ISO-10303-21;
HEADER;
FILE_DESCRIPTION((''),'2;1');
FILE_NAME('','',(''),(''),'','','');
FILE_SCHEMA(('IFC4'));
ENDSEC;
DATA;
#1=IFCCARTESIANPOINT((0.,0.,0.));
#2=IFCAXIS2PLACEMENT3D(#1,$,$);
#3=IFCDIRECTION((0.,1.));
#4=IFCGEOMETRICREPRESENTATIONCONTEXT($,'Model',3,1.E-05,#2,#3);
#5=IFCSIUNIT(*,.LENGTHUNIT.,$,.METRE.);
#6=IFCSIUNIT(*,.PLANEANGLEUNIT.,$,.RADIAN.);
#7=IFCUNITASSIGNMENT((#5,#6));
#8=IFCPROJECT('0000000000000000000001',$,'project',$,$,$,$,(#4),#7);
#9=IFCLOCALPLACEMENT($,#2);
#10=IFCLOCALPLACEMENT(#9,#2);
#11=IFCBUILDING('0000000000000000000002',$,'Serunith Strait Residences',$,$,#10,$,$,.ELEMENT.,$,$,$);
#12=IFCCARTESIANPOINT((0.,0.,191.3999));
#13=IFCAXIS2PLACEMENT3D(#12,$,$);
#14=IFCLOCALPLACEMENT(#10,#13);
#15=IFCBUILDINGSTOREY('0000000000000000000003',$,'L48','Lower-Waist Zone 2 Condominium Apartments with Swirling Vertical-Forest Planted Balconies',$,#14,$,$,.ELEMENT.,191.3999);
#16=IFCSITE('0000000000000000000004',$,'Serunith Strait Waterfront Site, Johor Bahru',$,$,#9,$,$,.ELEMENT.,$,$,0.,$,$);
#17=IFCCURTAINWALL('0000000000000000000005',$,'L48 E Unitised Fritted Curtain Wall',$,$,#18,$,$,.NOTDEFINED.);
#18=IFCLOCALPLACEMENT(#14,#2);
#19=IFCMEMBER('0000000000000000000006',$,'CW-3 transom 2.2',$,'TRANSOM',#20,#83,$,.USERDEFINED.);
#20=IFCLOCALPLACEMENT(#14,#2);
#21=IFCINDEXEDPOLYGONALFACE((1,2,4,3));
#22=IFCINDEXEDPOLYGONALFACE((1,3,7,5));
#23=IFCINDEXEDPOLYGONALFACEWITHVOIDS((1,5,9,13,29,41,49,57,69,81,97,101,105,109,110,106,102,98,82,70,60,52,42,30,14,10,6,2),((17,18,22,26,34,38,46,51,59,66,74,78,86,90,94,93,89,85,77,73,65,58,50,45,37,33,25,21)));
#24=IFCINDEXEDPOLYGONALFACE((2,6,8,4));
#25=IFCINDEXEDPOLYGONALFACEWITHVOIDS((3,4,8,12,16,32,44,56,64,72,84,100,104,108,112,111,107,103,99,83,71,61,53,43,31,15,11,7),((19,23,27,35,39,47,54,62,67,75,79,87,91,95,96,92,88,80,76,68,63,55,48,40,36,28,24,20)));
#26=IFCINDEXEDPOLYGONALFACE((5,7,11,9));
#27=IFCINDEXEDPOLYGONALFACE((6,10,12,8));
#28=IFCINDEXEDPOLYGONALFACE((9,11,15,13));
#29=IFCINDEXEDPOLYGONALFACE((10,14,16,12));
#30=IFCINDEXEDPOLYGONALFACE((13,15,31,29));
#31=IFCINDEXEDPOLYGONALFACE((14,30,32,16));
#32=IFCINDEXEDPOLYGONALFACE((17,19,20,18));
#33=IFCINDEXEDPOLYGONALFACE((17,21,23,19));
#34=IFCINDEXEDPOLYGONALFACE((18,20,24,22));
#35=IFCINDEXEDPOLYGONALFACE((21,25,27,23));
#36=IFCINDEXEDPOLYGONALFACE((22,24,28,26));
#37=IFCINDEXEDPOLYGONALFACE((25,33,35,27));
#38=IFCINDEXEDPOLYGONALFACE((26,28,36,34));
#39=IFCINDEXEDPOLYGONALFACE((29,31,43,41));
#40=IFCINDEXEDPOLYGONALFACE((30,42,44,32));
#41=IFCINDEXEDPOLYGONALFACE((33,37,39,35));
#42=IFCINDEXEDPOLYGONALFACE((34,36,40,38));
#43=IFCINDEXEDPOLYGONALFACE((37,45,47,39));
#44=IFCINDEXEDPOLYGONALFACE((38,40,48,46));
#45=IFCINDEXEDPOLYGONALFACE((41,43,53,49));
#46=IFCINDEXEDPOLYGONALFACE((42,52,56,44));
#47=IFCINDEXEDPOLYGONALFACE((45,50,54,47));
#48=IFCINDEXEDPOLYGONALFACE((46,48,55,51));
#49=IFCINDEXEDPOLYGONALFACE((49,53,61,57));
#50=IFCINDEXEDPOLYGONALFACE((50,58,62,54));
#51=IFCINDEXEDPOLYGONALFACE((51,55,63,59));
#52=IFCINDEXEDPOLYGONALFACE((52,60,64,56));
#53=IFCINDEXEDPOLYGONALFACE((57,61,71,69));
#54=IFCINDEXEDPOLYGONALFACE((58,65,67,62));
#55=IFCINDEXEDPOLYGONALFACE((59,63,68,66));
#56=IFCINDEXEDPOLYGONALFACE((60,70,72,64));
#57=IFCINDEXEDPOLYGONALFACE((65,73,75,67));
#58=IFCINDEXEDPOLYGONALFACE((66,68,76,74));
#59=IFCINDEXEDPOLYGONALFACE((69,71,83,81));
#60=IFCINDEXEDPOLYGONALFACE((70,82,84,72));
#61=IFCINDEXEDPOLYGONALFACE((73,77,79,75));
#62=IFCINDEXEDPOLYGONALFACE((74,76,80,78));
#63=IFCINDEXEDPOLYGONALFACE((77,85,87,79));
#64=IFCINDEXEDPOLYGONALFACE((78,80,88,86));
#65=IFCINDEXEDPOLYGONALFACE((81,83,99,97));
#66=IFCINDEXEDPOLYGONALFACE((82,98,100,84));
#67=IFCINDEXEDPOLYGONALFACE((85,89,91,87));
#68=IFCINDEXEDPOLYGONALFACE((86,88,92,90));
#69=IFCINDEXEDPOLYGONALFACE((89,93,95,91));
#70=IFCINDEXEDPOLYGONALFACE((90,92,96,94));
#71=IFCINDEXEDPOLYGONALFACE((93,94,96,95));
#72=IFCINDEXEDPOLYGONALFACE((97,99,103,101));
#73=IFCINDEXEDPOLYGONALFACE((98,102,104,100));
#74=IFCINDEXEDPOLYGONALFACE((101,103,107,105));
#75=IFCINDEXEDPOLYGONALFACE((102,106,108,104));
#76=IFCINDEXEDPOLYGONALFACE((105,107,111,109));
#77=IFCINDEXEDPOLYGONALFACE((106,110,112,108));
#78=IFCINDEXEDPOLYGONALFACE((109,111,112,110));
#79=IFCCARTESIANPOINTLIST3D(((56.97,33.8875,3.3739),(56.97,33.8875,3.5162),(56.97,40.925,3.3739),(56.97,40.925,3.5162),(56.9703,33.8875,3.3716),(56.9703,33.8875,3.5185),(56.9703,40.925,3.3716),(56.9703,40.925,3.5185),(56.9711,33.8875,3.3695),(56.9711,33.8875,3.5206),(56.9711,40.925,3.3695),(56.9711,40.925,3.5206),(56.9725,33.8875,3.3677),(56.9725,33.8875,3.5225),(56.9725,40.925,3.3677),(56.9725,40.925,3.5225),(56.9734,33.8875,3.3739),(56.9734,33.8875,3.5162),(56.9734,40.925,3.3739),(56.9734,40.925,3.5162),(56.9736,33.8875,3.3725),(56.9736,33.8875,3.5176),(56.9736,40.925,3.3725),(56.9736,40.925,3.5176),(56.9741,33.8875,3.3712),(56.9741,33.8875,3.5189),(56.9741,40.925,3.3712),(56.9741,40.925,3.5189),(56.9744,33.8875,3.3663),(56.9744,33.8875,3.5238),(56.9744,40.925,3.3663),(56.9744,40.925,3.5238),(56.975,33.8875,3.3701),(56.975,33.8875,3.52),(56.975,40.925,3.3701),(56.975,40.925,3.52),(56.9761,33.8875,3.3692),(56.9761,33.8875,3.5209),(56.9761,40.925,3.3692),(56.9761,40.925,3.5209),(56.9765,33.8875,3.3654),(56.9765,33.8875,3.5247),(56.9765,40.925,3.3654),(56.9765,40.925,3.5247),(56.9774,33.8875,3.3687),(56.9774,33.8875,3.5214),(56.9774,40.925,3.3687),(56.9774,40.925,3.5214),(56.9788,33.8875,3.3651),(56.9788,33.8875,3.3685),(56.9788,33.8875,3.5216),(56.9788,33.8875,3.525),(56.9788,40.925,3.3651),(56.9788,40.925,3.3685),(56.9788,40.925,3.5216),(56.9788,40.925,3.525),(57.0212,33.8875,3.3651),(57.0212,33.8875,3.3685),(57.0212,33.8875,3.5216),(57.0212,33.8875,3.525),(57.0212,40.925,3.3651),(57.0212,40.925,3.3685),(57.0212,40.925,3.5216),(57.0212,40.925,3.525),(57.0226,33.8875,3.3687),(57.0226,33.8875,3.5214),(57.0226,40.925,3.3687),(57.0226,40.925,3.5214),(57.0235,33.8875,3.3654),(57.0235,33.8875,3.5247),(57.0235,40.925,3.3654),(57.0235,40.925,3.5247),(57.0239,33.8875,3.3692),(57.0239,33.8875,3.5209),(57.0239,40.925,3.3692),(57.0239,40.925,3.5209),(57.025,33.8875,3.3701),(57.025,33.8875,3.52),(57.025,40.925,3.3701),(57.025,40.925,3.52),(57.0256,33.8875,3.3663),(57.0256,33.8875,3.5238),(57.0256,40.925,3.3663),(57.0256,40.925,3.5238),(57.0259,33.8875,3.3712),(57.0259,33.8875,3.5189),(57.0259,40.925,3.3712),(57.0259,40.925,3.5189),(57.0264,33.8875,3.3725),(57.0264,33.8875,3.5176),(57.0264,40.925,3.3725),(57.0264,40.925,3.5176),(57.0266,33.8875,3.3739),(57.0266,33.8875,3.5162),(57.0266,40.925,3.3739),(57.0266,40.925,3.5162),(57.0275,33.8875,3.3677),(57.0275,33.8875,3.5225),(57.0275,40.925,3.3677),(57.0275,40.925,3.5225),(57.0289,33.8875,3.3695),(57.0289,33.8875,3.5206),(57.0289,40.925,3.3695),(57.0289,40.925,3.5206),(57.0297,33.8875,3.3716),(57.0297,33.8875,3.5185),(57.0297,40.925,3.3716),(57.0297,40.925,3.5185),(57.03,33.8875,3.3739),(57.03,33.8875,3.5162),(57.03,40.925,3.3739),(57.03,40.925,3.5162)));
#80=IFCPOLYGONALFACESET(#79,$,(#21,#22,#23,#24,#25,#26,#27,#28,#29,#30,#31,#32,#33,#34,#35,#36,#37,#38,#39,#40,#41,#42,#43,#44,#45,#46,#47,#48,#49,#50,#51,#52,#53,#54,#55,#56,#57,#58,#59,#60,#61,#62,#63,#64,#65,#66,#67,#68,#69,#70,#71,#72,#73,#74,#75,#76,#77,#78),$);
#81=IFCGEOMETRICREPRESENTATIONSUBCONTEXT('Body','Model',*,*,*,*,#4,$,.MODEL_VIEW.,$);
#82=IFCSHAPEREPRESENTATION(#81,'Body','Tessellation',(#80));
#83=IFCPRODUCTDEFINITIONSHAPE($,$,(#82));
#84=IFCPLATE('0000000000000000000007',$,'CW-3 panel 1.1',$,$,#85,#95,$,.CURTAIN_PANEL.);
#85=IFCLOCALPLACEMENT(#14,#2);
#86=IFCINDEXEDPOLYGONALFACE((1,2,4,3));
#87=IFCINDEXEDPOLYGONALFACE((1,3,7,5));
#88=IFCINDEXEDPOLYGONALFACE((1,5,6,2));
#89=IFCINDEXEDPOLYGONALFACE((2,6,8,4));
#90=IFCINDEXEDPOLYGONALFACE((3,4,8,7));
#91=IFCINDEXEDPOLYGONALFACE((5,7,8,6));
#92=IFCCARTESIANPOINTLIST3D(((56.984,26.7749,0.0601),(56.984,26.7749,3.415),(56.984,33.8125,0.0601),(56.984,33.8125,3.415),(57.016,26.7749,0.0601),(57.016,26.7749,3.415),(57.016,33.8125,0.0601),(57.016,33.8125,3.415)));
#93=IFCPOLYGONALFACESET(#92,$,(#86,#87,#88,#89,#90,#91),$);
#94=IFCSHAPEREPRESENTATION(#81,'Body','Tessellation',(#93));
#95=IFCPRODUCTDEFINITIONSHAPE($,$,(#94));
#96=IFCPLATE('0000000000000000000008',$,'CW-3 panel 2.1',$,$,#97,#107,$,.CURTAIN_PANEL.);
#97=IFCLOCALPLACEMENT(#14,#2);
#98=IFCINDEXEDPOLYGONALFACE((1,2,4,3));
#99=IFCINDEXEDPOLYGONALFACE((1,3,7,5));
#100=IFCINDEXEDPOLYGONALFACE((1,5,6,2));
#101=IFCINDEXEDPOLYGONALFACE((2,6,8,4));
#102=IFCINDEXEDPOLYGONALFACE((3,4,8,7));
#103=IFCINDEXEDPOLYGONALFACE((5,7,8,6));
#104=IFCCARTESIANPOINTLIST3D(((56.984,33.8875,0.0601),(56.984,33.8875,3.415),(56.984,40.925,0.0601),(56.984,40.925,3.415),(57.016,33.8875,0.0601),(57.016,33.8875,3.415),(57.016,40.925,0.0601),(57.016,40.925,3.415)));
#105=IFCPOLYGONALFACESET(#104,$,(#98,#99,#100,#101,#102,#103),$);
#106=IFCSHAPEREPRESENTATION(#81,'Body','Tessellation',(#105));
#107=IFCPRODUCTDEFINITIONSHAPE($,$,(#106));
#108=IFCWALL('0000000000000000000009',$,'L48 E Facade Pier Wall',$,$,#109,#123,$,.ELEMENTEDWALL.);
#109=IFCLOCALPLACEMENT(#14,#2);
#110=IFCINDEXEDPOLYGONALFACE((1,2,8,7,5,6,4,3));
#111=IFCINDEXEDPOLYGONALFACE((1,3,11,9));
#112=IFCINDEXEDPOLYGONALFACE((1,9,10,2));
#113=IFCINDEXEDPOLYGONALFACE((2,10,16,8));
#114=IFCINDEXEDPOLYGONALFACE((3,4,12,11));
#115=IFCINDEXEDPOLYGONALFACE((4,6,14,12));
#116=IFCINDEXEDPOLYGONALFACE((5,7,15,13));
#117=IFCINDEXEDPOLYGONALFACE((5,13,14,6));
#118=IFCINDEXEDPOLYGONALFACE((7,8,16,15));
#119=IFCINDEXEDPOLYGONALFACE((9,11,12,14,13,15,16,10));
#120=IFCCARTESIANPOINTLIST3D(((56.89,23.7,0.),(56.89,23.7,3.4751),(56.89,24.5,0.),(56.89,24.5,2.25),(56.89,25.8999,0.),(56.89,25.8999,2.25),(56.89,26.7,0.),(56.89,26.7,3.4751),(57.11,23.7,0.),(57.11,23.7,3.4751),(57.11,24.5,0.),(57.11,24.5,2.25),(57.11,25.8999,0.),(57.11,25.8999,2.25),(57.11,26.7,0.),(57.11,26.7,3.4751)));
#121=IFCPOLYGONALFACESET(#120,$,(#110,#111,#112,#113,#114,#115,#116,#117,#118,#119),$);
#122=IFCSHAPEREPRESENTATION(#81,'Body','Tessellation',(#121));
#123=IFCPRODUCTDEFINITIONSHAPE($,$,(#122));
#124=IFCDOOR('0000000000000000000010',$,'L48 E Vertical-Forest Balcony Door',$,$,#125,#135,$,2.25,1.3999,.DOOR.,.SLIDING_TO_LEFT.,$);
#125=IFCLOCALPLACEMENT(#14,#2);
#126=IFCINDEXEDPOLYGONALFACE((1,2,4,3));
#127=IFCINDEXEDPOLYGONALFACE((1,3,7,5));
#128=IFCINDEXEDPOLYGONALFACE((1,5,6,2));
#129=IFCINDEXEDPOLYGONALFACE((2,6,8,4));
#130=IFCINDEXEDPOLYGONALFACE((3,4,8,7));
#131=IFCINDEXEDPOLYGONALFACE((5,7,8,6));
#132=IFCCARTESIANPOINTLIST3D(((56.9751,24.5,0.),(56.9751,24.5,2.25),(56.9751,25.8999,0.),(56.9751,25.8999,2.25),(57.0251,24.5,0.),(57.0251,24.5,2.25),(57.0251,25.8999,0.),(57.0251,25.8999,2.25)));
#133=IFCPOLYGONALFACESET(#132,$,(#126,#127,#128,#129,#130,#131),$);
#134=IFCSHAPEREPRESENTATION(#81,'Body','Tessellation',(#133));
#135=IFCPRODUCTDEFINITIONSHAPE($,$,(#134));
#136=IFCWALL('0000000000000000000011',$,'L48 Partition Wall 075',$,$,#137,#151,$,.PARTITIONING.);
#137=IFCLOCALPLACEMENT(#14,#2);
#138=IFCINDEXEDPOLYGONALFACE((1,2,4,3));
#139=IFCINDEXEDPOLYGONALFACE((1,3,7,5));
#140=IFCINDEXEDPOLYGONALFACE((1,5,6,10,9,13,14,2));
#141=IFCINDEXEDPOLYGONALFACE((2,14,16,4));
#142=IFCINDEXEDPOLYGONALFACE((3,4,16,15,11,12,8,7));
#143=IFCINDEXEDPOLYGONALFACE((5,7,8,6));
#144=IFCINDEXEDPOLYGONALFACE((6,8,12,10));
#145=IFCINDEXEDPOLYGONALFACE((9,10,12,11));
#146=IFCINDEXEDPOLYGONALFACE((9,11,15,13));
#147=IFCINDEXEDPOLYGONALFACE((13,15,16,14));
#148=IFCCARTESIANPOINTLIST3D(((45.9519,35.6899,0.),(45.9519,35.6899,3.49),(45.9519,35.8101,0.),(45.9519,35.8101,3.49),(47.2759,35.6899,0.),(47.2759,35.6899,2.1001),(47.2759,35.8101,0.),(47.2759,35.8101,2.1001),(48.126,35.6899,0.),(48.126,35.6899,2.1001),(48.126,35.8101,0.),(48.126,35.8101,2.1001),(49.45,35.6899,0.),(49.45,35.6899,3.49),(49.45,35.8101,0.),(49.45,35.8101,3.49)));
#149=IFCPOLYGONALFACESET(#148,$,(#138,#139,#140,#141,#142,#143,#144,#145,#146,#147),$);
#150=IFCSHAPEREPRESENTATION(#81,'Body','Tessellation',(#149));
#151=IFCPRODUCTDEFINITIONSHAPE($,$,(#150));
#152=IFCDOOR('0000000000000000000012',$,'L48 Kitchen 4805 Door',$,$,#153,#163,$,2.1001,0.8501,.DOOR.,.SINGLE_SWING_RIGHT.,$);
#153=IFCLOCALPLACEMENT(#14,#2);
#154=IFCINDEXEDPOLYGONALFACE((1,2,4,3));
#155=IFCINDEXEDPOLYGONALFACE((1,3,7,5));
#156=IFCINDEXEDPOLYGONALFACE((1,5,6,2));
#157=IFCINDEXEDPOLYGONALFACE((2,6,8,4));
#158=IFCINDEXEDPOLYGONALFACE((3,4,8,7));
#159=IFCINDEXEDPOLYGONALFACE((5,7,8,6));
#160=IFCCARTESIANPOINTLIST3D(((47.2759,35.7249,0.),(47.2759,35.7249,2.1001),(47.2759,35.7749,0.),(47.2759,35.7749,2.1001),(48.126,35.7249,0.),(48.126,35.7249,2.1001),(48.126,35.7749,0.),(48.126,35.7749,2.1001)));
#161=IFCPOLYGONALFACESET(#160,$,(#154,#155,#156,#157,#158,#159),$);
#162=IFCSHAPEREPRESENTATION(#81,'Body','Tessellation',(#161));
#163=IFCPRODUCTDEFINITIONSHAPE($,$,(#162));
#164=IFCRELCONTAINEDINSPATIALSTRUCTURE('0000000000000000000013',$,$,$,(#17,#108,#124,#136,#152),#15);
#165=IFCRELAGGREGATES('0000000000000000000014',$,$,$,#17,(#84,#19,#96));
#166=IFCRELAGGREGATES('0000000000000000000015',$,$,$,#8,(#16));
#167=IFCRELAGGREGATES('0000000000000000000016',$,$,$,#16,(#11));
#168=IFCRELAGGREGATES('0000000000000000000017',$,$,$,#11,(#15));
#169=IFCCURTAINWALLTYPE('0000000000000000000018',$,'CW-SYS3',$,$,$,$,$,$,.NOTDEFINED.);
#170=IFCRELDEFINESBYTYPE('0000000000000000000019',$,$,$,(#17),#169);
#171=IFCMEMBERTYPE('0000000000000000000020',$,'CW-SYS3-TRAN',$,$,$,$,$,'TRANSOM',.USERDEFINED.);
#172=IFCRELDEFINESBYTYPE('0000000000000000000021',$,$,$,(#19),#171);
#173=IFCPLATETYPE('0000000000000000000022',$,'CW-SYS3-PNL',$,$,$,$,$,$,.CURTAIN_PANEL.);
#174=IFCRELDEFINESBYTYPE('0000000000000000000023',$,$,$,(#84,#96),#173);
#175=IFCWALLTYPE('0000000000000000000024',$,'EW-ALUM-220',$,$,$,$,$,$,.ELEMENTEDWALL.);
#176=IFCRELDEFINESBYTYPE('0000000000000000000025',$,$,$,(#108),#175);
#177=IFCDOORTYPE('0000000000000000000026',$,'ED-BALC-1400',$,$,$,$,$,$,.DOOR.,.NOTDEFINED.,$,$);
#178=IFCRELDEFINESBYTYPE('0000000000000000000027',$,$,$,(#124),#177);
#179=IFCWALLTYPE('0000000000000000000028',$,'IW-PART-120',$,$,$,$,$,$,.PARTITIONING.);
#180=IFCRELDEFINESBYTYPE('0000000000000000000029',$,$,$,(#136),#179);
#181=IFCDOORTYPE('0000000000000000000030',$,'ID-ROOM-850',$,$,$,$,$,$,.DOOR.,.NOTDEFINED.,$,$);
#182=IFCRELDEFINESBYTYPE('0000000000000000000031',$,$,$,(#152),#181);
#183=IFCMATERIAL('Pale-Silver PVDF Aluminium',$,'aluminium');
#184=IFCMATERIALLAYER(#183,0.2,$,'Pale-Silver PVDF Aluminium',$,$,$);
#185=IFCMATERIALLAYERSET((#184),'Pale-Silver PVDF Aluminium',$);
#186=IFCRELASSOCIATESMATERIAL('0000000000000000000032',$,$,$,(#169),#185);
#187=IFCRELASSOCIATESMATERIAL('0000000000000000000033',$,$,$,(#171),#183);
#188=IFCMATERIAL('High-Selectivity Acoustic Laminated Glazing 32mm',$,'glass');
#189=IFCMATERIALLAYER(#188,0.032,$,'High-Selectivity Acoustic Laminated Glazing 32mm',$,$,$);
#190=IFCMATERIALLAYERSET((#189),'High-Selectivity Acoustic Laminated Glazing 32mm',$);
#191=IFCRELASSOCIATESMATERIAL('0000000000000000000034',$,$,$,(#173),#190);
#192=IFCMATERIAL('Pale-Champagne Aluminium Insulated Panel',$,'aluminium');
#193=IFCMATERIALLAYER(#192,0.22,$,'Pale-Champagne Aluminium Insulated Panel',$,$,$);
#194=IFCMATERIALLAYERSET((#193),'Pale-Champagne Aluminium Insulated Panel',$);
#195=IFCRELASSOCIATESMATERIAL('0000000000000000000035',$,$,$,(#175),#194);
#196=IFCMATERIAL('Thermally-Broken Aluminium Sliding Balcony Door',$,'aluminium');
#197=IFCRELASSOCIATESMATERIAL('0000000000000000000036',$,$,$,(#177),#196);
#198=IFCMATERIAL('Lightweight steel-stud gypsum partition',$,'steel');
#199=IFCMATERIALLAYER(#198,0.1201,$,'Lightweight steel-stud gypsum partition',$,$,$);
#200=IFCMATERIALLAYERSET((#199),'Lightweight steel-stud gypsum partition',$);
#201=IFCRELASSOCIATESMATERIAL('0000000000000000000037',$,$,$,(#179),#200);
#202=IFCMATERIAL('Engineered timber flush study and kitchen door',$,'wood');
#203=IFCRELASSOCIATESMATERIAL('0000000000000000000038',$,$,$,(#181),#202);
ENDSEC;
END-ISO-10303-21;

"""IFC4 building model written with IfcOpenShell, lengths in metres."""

from ifc_helpers import new_model, si_unit, direction, frame, frame_2d, origin, origin_2d, place, context, subcontext, project, spatial, rectangle, hollow_rectangle, extrude, source, transform, mapped, material, layer, layer_set, material_profile, profile_set, type_object, element, fill, aggregate, save


model = new_model("IFC4")

# Units and contexts
model_context = context("Model", 3, precision=1e-05, world=origin(), true_north=direction((0.0, 1.0)))
body_context = subcontext(model_context, "Body", "Model", "MODEL_VIEW")
ifc_project = project(units=[si_unit("LENGTHUNIT", "METRE"), si_unit("PLANEANGLEUNIT", "RADIAN")], contexts=[model_context])

# Site, building, storey
site_placement = place(None, origin())
site = spatial("IfcSite", under=ifc_project, at=site_placement, Name="Serunith Strait Waterfront Site, Johor Bahru", CompositionType="ELEMENT", RefElevation=0.0)
building_placement = place(site_placement, origin())
building = spatial("IfcBuilding", under=site, at=building_placement, Name="Serunith Strait Residences", CompositionType="ELEMENT")
storey_placement = place(building_placement, frame((0.0, 0.0, 191.3999)))
storey = spatial("IfcBuildingStorey", under=building, at=storey_placement, Name="L48", Description="Lower-Waist Zone 2 Condominium Apartments with Swirling Vertical-Forest Planted Balconies", CompositionType="ELEMENT", Elevation=191.3999)

# Shared definitions
ifc_material_1 = material(Name="Pale-Silver PVDF Aluminium", Category="aluminium")
ifc_layer_1 = layer(ifc_material_1, 0.2, Name="Pale-Silver PVDF Aluminium")
ifc_layer_set_1 = layer_set([ifc_layer_1], Name="Pale-Silver PVDF Aluminium")
curtain_wall_type = type_object("IfcCurtainWallType", Name="CW-SYS3", PredefinedType="NOTDEFINED", material=ifc_layer_set_1)

# Curtain wall, member, plates
curtain_wall_1_placement = place(storey_placement, origin())
curtain_wall_1 = element("IfcCurtainWall", 1, at=curtain_wall_1_placement, inside=storey, type_object=curtain_wall_type, Name="L48 E Unitised Fritted Curtain Wall", PredefinedType="NOTDEFINED")
ifc_material_profile_1 = material_profile(ifc_material_1, hollow_rectangle(XDim=0.0601, YDim=0.1599, WallThickness=0.0034, InnerFilletRadius=0.0054, OuterFilletRadius=0.0088, at=origin_2d()), Name="ALU 160x60x3.5")
ifc_profile_set_1 = profile_set([ifc_material_profile_1], Name="Pale-Silver PVDF Aluminium")
member_type_1 = type_object("IfcMemberType", Name="CW-SYS3-TRAN", ElementType="TRANSOM", PredefinedType="USERDEFINED", material=ifc_profile_set_1)
shared_shape_1 = source(origin(), body_context, "Body", "SweptSolid", [
    extrude(hollow_rectangle(XDim=0.0601, YDim=0.1599, WallThickness=0.0034, InnerFilletRadius=0.0054, OuterFilletRadius=0.0088, at=origin_2d()), origin(), (0.0, 0.0, 1.0), 7.0376),
])
member_1_placement = place(storey_placement, frame((57.0, 33.8875, 3.4451), z_axis=(0.0, 1.0, 0.0), x_axis=(-1.0, 0.0, 0.0)))
member_1 = element("IfcMember", 2, at=member_1_placement, type_object=member_type_1, Name="CW-3 transom 2.2", ObjectType="TRANSOM", PredefinedType="USERDEFINED", context=body_context, shape_type="MappedRepresentation", body=[
    mapped(shared_shape_1, transform((0.0, 0.0, 0.0), scale=1.0)),
])
ifc_material_2 = material(Name="High-Selectivity Acoustic Laminated Glazing 32mm", Category="glass")
ifc_layer_2 = layer(ifc_material_2, 0.032, Name="High-Selectivity Acoustic Laminated Glazing 32mm")
ifc_layer_set_2 = layer_set([ifc_layer_2], Name="High-Selectivity Acoustic Laminated Glazing 32mm")
plate_type = type_object("IfcPlateType", Name="CW-SYS3-PNL", PredefinedType="CURTAIN_PANEL", material=ifc_layer_set_2)
shared_shape_2 = source(origin(), body_context, "Body", "SweptSolid", [
    extrude(rectangle(XDim=7.0376, YDim=0.032, at=origin_2d()), origin(), (0.0, 0.0, 1.0), 3.355),
])
plate_1_placement = place(storey_placement, frame((57.0, 30.2937, 0.0601), z_axis=(0.0, 0.0, 1.0), x_axis=(0.0, 1.0, 0.0)))
plate_1 = element("IfcPlate", 3, at=plate_1_placement, type_object=plate_type, Name="CW-3 panel 1.1", PredefinedType="CURTAIN_PANEL", context=body_context, shape_type="MappedRepresentation", body=[
    mapped(shared_shape_2, transform((0.0, 0.0, 0.0), scale=1.0)),
])
plate_2_placement = place(storey_placement, frame((57.0, 37.4062, 0.0601), z_axis=(0.0, 0.0, 1.0), x_axis=(0.0, 1.0, 0.0)))
plate_2 = element("IfcPlate", 4, at=plate_2_placement, type_object=plate_type, Name="CW-3 panel 2.1", PredefinedType="CURTAIN_PANEL", context=body_context, shape_type="MappedRepresentation", body=[
    mapped(shared_shape_2, transform((0.0, 0.0, 0.0), scale=1.0)),
])
aggregate(curtain_wall_1, [plate_1, member_1, plate_2])

# Walls, openings, doors
ifc_material_3 = material(Name="Pale-Champagne Aluminium Insulated Panel", Category="aluminium")
ifc_layer_3 = layer(ifc_material_3, 0.22, Name="Pale-Champagne Aluminium Insulated Panel")
ifc_layer_set_3 = layer_set([ifc_layer_3], Name="Pale-Champagne Aluminium Insulated Panel")
wall_type_1 = type_object("IfcWallType", Name="EW-ALUM-220", PredefinedType="ELEMENTEDWALL", material=ifc_layer_set_3)
wall_1_placement = place(storey_placement, frame((57.0, 23.7, 0.0), z_axis=(0.0, 0.0, 1.0), x_axis=(0.0, 1.0, 0.0)))
wall_1 = element("IfcWall", 5, at=wall_1_placement, inside=storey, type_object=wall_type_1, Name="L48 E Facade Pier Wall", PredefinedType="ELEMENTEDWALL", context=body_context, shape_type="SweptSolid", body=[
    extrude(rectangle(XDim=3.0, YDim=0.22, at=frame_2d((1.5, 0.0))), origin(), (0.0, 0.0, 1.0), 3.4751),
])
opening_1_placement = place(wall_1_placement, frame((0.8, 0.0, 0.0)))
opening_1 = element("IfcOpeningElement", 6, at=opening_1_placement, cuts=wall_1, PredefinedType="OPENING", context=body_context, shape_type="SweptSolid", body=[
    extrude(rectangle(XDim=1.3999, YDim=2.25, at=frame_2d((0.7, 1.125))), frame((0.0, 0.1201, 0.0), z_axis=(0.0, -1.0, 0.0), x_axis=(1.0, 0.0, 0.0)), (0.0, 0.0, 1.0), 0.24),
])
ifc_material_4 = material(Name="Thermally-Broken Aluminium Sliding Balcony Door", Category="aluminium")
door_type_1 = type_object("IfcDoorType", Name="ED-BALC-1400", OperationType="NOTDEFINED", PredefinedType="DOOR", material=ifc_material_4)
shared_shape_3 = source(origin(), body_context, "Body", "SweptSolid", [
    extrude(rectangle(XDim=1.3999, YDim=2.25, at=frame_2d((0.7, 1.125))), frame((0.0, 0.0249, 0.0), z_axis=(0.0, -1.0, 0.0), x_axis=(1.0, 0.0, 0.0)), (0.0, 0.0, 1.0), 0.05),
])
door_1_placement = place(opening_1_placement, origin())
door_1 = element("IfcDoor", 7, at=door_1_placement, inside=storey, type_object=door_type_1, Name="L48 E Vertical-Forest Balcony Door", OperationType="SLIDING_TO_LEFT", OverallHeight=2.25, OverallWidth=1.3999, PredefinedType="DOOR", context=body_context, shape_type="MappedRepresentation", body=[
    mapped(shared_shape_3, transform((0.0, 0.0, 0.0), scale=1.0)),
])
fill(opening_1, door_1)
ifc_material_5 = material(Name="Lightweight steel-stud gypsum partition", Category="steel")
ifc_layer_4 = layer(ifc_material_5, 0.1201, Name="Lightweight steel-stud gypsum partition")
ifc_layer_set_4 = layer_set([ifc_layer_4], Name="Lightweight steel-stud gypsum partition")
wall_type_2 = type_object("IfcWallType", Name="IW-PART-120", PredefinedType="PARTITIONING", material=ifc_layer_set_4)
wall_2_placement = place(storey_placement, frame((45.9519, 35.75, 0.0), z_axis=(0.0, 0.0, 1.0), x_axis=(1.0, 0.0, 0.0)))
wall_2 = element("IfcWall", 8, at=wall_2_placement, inside=storey, type_object=wall_type_2, Name="L48 Partition Wall 075", PredefinedType="PARTITIONING", context=body_context, shape_type="SweptSolid", body=[
    extrude(rectangle(XDim=3.498, YDim=0.1201, at=frame_2d((1.749, 0.0))), origin(), (0.0, 0.0, 1.0), 3.49),
])
opening_2_placement = place(wall_2_placement, frame((1.324, 0.0, 0.0)))
opening_2 = element("IfcOpeningElement", 9, at=opening_2_placement, cuts=wall_2, PredefinedType="OPENING", context=body_context, shape_type="SweptSolid", body=[
    extrude(rectangle(XDim=0.8501, YDim=2.1001, at=frame_2d((0.425, 1.05))), frame((0.0, 0.0701, 0.0), z_axis=(0.0, -1.0, 0.0), x_axis=(1.0, 0.0, 0.0)), (0.0, 0.0, 1.0), 0.1401),
])
ifc_material_6 = material(Name="Engineered timber flush study and kitchen door", Category="wood")
door_type_2 = type_object("IfcDoorType", Name="ID-ROOM-850", OperationType="NOTDEFINED", PredefinedType="DOOR", material=ifc_material_6)
shared_shape_4 = source(origin(), body_context, "Body", "SweptSolid", [
    extrude(rectangle(XDim=0.8501, YDim=2.1001, at=frame_2d((0.425, 1.05))), frame((0.0, 0.0249, 0.0), z_axis=(0.0, -1.0, 0.0), x_axis=(1.0, 0.0, 0.0)), (0.0, 0.0, 1.0), 0.05),
])
door_2_placement = place(opening_2_placement, origin())
door_2 = element("IfcDoor", 10, at=door_2_placement, inside=storey, type_object=door_type_2, Name="L48 Kitchen 4805 Door", OperationType="SINGLE_SWING_RIGHT", OverallHeight=2.1001, OverallWidth=0.8501, PredefinedType="DOOR", context=body_context, shape_type="MappedRepresentation", body=[
    mapped(shared_shape_4, transform((0.0, 0.0, 0.0), scale=1.0)),
])
fill(opening_2, door_2)

save(model, "model.ifc")
